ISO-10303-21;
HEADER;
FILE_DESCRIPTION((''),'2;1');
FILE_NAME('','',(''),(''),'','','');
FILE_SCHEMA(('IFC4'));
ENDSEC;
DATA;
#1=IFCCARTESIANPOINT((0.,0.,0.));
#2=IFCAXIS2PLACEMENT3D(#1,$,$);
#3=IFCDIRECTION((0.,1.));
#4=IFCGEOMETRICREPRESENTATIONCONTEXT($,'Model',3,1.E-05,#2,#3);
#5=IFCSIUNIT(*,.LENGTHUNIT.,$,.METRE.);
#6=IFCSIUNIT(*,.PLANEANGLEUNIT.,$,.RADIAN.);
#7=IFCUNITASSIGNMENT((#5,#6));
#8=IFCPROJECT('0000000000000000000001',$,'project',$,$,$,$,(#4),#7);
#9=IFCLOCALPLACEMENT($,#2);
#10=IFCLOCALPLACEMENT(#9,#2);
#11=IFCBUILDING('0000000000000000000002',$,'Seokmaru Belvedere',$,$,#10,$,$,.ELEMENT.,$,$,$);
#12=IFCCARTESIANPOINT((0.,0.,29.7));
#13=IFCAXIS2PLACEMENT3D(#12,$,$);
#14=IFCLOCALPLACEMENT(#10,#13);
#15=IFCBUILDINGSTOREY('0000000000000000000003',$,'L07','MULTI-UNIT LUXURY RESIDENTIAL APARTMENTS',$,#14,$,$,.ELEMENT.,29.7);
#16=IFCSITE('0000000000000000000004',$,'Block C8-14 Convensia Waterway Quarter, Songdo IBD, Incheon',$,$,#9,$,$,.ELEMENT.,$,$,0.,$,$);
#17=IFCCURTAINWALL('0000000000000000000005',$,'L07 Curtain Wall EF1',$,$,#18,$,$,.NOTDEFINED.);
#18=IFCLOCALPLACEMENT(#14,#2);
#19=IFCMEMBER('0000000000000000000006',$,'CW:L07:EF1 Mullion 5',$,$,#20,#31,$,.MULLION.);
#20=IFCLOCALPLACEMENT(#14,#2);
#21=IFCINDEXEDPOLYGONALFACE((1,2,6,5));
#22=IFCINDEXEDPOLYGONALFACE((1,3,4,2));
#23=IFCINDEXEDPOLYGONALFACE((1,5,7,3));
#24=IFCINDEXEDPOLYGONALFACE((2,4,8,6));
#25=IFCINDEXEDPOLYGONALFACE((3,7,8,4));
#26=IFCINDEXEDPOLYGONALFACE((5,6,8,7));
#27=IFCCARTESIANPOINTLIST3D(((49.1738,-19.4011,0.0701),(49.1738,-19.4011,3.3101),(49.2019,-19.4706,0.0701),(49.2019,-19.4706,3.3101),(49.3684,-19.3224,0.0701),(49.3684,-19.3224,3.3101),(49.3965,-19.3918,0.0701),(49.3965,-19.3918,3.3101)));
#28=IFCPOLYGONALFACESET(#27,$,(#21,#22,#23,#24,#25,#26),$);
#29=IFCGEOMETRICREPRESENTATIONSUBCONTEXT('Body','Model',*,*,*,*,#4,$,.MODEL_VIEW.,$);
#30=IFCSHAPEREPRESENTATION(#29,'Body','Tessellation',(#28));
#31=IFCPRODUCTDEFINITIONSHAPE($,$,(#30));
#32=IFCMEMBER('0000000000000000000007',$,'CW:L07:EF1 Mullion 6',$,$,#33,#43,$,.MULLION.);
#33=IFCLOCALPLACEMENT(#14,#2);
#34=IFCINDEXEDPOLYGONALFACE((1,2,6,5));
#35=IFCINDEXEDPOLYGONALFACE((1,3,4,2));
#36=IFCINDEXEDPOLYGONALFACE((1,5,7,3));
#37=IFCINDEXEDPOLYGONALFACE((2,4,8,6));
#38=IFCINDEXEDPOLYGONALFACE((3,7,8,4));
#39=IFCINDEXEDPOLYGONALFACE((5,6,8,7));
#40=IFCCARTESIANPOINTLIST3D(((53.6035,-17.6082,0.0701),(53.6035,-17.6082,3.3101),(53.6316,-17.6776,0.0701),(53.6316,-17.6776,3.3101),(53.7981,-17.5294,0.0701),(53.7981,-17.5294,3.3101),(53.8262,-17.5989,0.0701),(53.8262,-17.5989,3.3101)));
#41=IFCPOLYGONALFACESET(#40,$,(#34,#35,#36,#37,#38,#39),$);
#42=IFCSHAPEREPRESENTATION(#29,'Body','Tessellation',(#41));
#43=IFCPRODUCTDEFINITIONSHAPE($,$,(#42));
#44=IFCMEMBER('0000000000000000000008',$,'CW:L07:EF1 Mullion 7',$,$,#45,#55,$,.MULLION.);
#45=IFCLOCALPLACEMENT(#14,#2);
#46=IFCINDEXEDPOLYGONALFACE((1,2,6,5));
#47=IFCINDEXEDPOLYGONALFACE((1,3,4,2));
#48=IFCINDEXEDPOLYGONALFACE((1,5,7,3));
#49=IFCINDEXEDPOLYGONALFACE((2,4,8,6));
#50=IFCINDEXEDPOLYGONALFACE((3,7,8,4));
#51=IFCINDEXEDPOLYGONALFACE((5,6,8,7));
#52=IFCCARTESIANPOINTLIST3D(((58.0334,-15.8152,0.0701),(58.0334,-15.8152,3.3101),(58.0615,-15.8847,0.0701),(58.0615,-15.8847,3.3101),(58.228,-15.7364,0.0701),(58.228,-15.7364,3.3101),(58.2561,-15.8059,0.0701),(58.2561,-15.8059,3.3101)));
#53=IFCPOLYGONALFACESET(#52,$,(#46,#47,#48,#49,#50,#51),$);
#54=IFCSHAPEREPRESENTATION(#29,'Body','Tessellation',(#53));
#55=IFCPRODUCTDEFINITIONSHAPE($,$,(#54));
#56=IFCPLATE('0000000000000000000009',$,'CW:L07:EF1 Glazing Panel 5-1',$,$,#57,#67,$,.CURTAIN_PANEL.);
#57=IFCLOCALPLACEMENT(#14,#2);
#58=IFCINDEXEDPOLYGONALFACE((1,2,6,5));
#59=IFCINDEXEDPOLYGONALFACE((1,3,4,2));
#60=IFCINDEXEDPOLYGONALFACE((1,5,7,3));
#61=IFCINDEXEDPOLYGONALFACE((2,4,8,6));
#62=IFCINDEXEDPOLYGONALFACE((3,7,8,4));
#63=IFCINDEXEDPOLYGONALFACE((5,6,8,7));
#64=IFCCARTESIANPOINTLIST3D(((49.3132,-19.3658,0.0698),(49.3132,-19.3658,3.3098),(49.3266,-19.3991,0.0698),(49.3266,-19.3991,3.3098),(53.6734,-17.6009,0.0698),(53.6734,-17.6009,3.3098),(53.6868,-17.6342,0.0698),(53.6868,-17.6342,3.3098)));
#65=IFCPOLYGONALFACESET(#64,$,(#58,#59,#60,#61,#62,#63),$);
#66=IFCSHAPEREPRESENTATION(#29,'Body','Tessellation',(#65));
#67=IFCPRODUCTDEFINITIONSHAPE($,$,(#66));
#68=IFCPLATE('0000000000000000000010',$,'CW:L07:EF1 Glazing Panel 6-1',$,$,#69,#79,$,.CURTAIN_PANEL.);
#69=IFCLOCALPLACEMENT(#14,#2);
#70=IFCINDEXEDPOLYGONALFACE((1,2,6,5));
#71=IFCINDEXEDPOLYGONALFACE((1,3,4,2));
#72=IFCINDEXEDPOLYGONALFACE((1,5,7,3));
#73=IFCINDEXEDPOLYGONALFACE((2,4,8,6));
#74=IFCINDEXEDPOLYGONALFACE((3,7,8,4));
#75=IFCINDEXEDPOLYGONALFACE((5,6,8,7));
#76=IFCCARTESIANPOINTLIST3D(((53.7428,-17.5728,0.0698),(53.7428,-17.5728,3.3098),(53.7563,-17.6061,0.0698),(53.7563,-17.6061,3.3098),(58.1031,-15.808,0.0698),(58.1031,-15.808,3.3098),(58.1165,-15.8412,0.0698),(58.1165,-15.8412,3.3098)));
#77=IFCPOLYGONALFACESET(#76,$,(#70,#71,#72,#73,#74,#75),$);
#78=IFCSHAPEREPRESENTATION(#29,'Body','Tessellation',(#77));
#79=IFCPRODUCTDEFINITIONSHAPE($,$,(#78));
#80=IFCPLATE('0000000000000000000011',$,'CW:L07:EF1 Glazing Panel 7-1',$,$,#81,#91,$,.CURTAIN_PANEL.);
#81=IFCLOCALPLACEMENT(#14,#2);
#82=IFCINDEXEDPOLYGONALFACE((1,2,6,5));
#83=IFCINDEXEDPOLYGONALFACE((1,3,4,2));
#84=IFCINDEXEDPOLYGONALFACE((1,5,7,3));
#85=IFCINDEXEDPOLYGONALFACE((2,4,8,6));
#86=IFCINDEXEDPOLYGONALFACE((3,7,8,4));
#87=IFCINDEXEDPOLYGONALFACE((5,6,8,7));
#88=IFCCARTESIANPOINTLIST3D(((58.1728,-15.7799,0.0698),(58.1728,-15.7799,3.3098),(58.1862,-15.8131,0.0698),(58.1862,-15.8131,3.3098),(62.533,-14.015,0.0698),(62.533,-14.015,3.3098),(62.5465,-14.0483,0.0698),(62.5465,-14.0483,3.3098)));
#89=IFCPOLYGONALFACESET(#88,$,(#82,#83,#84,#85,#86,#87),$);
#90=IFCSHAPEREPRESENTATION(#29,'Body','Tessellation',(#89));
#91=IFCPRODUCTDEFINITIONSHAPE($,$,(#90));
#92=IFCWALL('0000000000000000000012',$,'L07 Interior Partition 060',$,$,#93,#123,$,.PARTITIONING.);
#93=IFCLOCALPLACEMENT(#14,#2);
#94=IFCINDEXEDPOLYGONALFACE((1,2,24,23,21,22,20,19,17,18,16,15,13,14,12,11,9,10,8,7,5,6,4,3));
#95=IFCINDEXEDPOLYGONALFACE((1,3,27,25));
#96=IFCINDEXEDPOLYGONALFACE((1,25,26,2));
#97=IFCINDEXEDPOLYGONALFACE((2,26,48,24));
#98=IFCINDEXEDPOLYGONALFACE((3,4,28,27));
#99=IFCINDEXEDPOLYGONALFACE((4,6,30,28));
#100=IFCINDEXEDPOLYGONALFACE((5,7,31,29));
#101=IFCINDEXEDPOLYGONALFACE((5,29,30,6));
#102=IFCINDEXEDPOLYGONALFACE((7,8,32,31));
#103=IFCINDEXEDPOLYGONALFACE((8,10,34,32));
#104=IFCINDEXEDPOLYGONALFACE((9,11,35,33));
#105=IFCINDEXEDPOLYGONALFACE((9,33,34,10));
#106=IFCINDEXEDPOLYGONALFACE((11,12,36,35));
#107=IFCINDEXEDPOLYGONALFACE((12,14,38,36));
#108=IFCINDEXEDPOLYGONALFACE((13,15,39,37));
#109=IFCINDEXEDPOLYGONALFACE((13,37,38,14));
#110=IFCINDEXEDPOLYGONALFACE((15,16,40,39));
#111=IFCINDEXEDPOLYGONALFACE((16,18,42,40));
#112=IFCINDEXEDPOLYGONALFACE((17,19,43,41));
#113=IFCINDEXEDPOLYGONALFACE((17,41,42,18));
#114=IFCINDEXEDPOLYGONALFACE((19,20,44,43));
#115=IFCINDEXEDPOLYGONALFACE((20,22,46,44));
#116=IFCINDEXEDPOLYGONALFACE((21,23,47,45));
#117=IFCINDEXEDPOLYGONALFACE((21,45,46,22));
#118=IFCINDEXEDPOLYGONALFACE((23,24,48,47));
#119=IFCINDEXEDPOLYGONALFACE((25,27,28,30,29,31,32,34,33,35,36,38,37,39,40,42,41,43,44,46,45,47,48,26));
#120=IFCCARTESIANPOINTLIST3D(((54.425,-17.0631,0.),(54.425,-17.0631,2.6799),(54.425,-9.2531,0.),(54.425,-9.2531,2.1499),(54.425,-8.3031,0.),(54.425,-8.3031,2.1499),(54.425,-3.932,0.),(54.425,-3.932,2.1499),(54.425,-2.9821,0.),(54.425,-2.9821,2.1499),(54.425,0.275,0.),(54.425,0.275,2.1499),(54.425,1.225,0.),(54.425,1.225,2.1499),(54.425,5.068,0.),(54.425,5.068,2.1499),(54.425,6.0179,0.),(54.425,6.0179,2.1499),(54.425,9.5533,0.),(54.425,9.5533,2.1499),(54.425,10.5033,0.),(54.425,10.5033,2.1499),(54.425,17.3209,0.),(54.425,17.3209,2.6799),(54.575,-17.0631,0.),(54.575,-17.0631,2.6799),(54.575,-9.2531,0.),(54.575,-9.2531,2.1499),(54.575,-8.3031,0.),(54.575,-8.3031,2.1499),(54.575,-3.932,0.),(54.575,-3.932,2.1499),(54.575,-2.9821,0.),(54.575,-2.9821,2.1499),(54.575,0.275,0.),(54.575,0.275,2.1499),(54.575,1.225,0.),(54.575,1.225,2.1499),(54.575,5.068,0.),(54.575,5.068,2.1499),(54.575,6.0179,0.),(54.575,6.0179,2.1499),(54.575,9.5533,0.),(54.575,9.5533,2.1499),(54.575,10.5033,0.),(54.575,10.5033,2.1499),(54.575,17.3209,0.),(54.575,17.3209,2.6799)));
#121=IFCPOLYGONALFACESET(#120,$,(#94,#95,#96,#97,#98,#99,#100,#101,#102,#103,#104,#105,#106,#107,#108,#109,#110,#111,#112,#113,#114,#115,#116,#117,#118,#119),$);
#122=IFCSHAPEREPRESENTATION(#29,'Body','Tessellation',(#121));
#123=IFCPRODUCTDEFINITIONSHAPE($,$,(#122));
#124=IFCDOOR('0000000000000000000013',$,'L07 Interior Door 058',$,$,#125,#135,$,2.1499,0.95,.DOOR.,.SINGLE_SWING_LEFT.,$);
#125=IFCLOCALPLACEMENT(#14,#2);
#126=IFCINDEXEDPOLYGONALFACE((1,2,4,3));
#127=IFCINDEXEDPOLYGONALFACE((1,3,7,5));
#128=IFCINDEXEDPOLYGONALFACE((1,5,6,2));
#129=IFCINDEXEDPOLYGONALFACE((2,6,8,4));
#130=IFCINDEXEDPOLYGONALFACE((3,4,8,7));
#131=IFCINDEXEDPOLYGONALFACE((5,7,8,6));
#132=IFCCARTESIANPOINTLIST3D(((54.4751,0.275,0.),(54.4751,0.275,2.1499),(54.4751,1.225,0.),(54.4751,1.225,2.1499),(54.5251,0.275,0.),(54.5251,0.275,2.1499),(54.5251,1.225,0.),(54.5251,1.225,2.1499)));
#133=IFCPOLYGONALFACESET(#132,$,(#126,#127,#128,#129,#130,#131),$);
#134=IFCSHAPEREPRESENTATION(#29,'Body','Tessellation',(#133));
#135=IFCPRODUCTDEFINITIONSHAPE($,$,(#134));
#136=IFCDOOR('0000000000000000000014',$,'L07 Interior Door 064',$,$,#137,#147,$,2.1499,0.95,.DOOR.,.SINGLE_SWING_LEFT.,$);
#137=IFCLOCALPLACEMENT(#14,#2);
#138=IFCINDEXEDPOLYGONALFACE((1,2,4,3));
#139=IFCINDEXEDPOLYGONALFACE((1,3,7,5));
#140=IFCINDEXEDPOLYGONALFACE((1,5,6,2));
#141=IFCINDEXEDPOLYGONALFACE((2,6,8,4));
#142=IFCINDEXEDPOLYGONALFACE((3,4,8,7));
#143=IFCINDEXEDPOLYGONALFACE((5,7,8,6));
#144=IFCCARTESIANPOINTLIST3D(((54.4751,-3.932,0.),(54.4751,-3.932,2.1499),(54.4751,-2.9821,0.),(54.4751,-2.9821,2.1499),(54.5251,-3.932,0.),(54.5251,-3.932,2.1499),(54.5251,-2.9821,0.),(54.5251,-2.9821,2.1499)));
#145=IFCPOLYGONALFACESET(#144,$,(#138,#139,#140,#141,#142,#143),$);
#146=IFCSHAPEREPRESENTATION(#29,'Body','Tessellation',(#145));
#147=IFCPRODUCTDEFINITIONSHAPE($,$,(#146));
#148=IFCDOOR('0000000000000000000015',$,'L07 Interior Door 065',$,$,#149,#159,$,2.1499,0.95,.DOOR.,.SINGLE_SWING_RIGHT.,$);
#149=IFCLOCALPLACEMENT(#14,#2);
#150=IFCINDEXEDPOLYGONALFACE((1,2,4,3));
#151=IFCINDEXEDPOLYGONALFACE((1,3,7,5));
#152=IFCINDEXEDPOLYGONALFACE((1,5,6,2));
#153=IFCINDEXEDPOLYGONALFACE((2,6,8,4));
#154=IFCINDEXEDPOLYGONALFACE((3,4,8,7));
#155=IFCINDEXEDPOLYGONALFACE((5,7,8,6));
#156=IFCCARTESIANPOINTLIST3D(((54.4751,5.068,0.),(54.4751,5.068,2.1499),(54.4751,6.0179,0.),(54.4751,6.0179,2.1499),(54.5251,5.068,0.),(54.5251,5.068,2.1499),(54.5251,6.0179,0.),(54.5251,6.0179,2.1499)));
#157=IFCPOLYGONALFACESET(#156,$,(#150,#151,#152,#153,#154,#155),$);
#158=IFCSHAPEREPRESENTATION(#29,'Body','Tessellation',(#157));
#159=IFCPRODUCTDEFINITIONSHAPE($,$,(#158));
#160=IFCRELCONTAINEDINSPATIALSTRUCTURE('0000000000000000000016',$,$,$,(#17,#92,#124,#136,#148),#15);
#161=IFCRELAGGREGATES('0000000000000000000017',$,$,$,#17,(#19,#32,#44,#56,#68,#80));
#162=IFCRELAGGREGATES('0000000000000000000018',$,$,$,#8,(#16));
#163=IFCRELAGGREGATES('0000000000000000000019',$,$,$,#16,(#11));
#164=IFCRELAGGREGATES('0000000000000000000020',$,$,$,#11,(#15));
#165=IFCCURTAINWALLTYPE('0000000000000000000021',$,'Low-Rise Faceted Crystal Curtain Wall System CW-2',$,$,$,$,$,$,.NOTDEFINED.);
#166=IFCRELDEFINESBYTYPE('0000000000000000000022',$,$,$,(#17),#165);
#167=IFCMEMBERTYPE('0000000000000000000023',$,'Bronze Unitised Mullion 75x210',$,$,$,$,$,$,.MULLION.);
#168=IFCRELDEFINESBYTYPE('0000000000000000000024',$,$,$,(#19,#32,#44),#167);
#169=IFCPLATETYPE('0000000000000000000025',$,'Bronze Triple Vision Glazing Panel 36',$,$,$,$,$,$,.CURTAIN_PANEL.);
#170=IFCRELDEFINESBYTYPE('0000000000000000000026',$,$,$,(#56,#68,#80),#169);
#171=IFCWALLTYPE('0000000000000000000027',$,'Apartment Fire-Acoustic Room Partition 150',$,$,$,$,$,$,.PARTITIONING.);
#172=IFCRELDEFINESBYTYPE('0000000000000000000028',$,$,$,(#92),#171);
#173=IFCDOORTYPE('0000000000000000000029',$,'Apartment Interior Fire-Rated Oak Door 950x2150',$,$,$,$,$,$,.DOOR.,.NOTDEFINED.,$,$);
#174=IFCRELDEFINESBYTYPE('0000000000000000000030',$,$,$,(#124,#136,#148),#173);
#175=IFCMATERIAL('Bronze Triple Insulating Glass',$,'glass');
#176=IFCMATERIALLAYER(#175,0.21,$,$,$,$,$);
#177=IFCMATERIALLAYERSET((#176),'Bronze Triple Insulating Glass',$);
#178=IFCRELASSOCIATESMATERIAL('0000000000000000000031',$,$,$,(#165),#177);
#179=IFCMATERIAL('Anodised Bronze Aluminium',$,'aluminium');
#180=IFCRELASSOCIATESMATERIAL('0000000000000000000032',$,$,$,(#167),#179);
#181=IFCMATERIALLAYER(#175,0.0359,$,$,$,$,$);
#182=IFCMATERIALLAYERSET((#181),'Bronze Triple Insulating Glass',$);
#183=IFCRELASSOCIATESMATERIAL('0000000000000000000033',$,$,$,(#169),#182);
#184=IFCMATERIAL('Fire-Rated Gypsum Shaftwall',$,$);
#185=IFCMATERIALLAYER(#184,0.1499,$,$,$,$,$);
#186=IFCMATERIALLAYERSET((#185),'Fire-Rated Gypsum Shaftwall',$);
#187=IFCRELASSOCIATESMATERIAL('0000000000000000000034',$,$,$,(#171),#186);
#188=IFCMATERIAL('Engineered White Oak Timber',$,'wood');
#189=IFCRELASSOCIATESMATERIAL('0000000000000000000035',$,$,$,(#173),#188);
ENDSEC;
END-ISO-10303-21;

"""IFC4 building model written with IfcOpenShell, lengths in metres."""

from ifc_helpers import new_model, si_unit, direction, frame, frame_2d, origin, origin_2d, place, context, subcontext, project, spatial, rectangle, extrude, source, transform, mapped, material, layer, layer_set, material_profile, profile_set, type_object, type_shapes, element, fill, aggregate, save


model = new_model("IFC4")

# Units and contexts
model_context = context("Model", 3, precision=1e-05, world=origin(), true_north=direction((0.0, 1.0)))
body_context = subcontext(model_context, "Body", "Model", "MODEL_VIEW")
ifc_project = project(units=[si_unit("LENGTHUNIT", "METRE"), si_unit("PLANEANGLEUNIT", "RADIAN")], contexts=[model_context])

# Site, building, storey
site_placement = place(None, origin())
site = spatial("IfcSite", under=ifc_project, at=site_placement, Name="Block C8-14 Convensia Waterway Quarter, Songdo IBD, Incheon", CompositionType="ELEMENT", RefElevation=0.0)
building_placement = place(site_placement, origin())
building = spatial("IfcBuilding", under=site, at=building_placement, Name="Seokmaru Belvedere", CompositionType="ELEMENT")
storey_placement = place(building_placement, frame((0.0, 0.0, 29.7)))
storey = spatial("IfcBuildingStorey", under=building, at=storey_placement, Name="L07", Description="MULTI-UNIT LUXURY RESIDENTIAL APARTMENTS", CompositionType="ELEMENT", Elevation=29.7)

# Curtain wall, members, plates
ifc_material_1 = material(Name="Bronze Triple Insulating Glass", Category="glass")
ifc_layer_1 = layer(ifc_material_1, 0.21)
ifc_layer_set_1 = layer_set([ifc_layer_1], Name="Bronze Triple Insulating Glass")
curtain_wall_type = type_object("IfcCurtainWallType", Name="Low-Rise Faceted Crystal Curtain Wall System CW-2", PredefinedType="NOTDEFINED", material=ifc_layer_set_1)
curtain_wall_placement = place(storey_placement, origin())
curtain_wall = element("IfcCurtainWall", 1, at=curtain_wall_placement, inside=storey, type_object=curtain_wall_type, Name="L07 Curtain Wall EF1", PredefinedType="NOTDEFINED")
ifc_material_2 = material(Name="Anodised Bronze Aluminium", Category="aluminium")
ifc_material_profile_1 = material_profile(ifc_material_2, rectangle(XDim=0.075, YDim=0.21, at=origin_2d()), Name="CW-M-75x210")
ifc_profile_set_1 = profile_set([ifc_material_profile_1], Name="Anodised Bronze Aluminium")
member_type = type_object("IfcMemberType", Name="Bronze Unitised Mullion 75x210", PredefinedType="MULLION", material=ifc_profile_set_1)
shared_shape_1 = source(origin(), body_context, "Body", "SweptSolid", [
    extrude(rectangle(XDim=0.075, YDim=0.21, at=origin_2d()), origin(), (0.0, 0.0, 1.0), 3.24),
])
type_shapes(member_type, [shared_shape_1])
member_1_placement = place(storey_placement, frame((49.2852, -19.3965, 0.0701), z_axis=(0.0, 0.0, 1.0), x_axis=(-0.375192, 0.926947, 0.0)))
member_1 = element("IfcMember", 2, at=member_1_placement, type_object=member_type, Name="CW:L07:EF1 Mullion 5", PredefinedType="MULLION", context=body_context, shape_type="MappedRepresentation", body=[
    mapped(shared_shape_1, transform((0.0, 0.0, 0.0), scale=1.0)),
])
member_2_placement = place(storey_placement, frame((53.7148, -17.6035, 0.0701), z_axis=(0.0, 0.0, 1.0), x_axis=(-0.375192, 0.926947, 0.0)))
member_2 = element("IfcMember", 3, at=member_2_placement, type_object=member_type, Name="CW:L07:EF1 Mullion 6", PredefinedType="MULLION", context=body_context, shape_type="MappedRepresentation", body=[
    mapped(shared_shape_1, transform((0.0, 0.0, 0.0), scale=1.0)),
])
member_3_placement = place(storey_placement, frame((58.1448, -15.8105, 0.0701), z_axis=(0.0, 0.0, 1.0), x_axis=(-0.375192, 0.926947, 0.0)))
member_3 = element("IfcMember", 4, at=member_3_placement, type_object=member_type, Name="CW:L07:EF1 Mullion 7", PredefinedType="MULLION", context=body_context, shape_type="MappedRepresentation", body=[
    mapped(shared_shape_1, transform((0.0, 0.0, 0.0), scale=1.0)),
])
ifc_layer_2 = layer(ifc_material_1, 0.0359)
ifc_layer_set_2 = layer_set([ifc_layer_2], Name="Bronze Triple Insulating Glass")
plate_type = type_object("IfcPlateType", Name="Bronze Triple Vision Glazing Panel 36", PredefinedType="CURTAIN_PANEL", material=ifc_layer_set_2)
shared_shape_2 = source(origin(), body_context, "Body", "SweptSolid", [
    extrude(rectangle(XDim=4.7039, YDim=0.0359, at=origin_2d()), origin(), (0.0, 0.0, 1.0), 3.24),
])
type_shapes(plate_type, [shared_shape_2])
plate_1_placement = place(storey_placement, frame((51.5, -18.5, 0.0698), z_axis=(0.0, 0.0, 1.0), x_axis=(0.926947, 0.375192, 0.0)))
plate_1 = element("IfcPlate", 5, at=plate_1_placement, type_object=plate_type, Name="CW:L07:EF1 Glazing Panel 5-1", PredefinedType="CURTAIN_PANEL", context=body_context, shape_type="MappedRepresentation", body=[
    mapped(shared_shape_2, transform((0.0, 0.0, 0.0), scale=1.0)),
])
plate_2_placement = place(storey_placement, frame((55.9297, -16.707, 0.0698), z_axis=(0.0, 0.0, 1.0), x_axis=(0.926947, 0.375192, 0.0)))
plate_2 = element("IfcPlate", 6, at=plate_2_placement, type_object=plate_type, Name="CW:L07:EF1 Glazing Panel 6-1", PredefinedType="CURTAIN_PANEL", context=body_context, shape_type="MappedRepresentation", body=[
    mapped(shared_shape_2, transform((0.0, 0.0, 0.0), scale=1.0)),
])
plate_3_placement = place(storey_placement, frame((60.3596, -14.9141, 0.0698), z_axis=(0.0, 0.0, 1.0), x_axis=(0.926947, 0.375192, 0.0)))
plate_3 = element("IfcPlate", 7, at=plate_3_placement, type_object=plate_type, Name="CW:L07:EF1 Glazing Panel 7-1", PredefinedType="CURTAIN_PANEL", context=body_context, shape_type="MappedRepresentation", body=[
    mapped(shared_shape_2, transform((0.0, 0.0, 0.0), scale=1.0)),
])
aggregate(curtain_wall, [member_1, member_2, member_3, plate_1, plate_2, plate_3])

# Wall, openings, doors
ifc_material_3 = material(Name="Fire-Rated Gypsum Shaftwall")
ifc_layer_3 = layer(ifc_material_3, 0.1499)
ifc_layer_set_3 = layer_set([ifc_layer_3], Name="Fire-Rated Gypsum Shaftwall")
wall_type = type_object("IfcWallType", Name="Apartment Fire-Acoustic Room Partition 150", PredefinedType="PARTITIONING", material=ifc_layer_set_3)
wall_1_placement = place(storey_placement, frame((54.5, -17.063, 0.0), z_axis=(0.0, 0.0, 1.0), x_axis=(0.0, 1.0, 0.0)))
wall_1 = element("IfcWall", 8, at=wall_1_placement, inside=storey, type_object=wall_type, Name="L07 Interior Partition 060", PredefinedType="PARTITIONING", context=body_context, shape_type="SweptSolid", body=[
    extrude(rectangle(XDim=34.384, YDim=0.1499, at=frame_2d((17.1919, 0.0))), origin(), (0.0, 0.0, 1.0), 2.6799),
])
opening_1_placement = place(wall_1_placement, frame((7.8098, 0.0, 0.0)))
element("IfcOpeningElement", 9, at=opening_1_placement, cuts=wall_1, PredefinedType="OPENING", context=body_context, shape_type="SweptSolid", body=[
    extrude(rectangle(XDim=0.95, YDim=2.1499, at=frame_2d((0.4751, 1.075))), frame((0.0, 0.085, 0.0), z_axis=(0.0, -1.0, 0.0), x_axis=(1.0, 0.0, 0.0)), (0.0, 0.0, 1.0), 0.1699),
])
opening_2_placement = place(wall_1_placement, frame((17.3379, 0.0, 0.0)))
opening_2 = element("IfcOpeningElement", 10, at=opening_2_placement, cuts=wall_1, PredefinedType="OPENING", context=body_context, shape_type="SweptSolid", body=[
    extrude(rectangle(XDim=0.95, YDim=2.1499, at=frame_2d((0.4751, 1.075))), frame((0.0, 0.085, 0.0), z_axis=(0.0, -1.0, 0.0), x_axis=(1.0, 0.0, 0.0)), (0.0, 0.0, 1.0), 0.1699),
])
opening_3_placement = place(wall_1_placement, frame((13.1309, 0.0, 0.0)))
opening_3 = element("IfcOpeningElement", 11, at=opening_3_placement, cuts=wall_1, PredefinedType="OPENING", context=body_context, shape_type="SweptSolid", body=[
    extrude(rectangle(XDim=0.95, YDim=2.1499, at=frame_2d((0.4751, 1.075))), frame((0.0, 0.085, 0.0), z_axis=(0.0, -1.0, 0.0), x_axis=(1.0, 0.0, 0.0)), (0.0, 0.0, 1.0), 0.1699),
])
opening_4_placement = place(wall_1_placement, frame((22.1309, 0.0, 0.0)))
opening_4 = element("IfcOpeningElement", 12, at=opening_4_placement, cuts=wall_1, PredefinedType="OPENING", context=body_context, shape_type="SweptSolid", body=[
    extrude(rectangle(XDim=0.95, YDim=2.1499, at=frame_2d((0.4751, 1.075))), frame((0.0, 0.085, 0.0), z_axis=(0.0, -1.0, 0.0), x_axis=(1.0, 0.0, 0.0)), (0.0, 0.0, 1.0), 0.1699),
])
opening_5_placement = place(wall_1_placement, frame((26.6162, 0.0, 0.0)))
element("IfcOpeningElement", 13, at=opening_5_placement, cuts=wall_1, PredefinedType="OPENING", context=body_context, shape_type="SweptSolid", body=[
    extrude(rectangle(XDim=0.95, YDim=2.1499, at=frame_2d((0.4751, 1.075))), frame((0.0, 0.085, 0.0), z_axis=(0.0, -1.0, 0.0), x_axis=(1.0, 0.0, 0.0)), (0.0, 0.0, 1.0), 0.1699),
])
ifc_material_4 = material(Name="Engineered White Oak Timber", Category="wood")
door_type = type_object("IfcDoorType", Name="Apartment Interior Fire-Rated Oak Door 950x2150", OperationType="NOTDEFINED", PredefinedType="DOOR", material=ifc_material_4)
shared_shape_3 = source(origin(), body_context, "Body", "SweptSolid", [
    extrude(rectangle(XDim=0.95, YDim=2.1499, at=frame_2d((0.4751, 1.075))), frame((0.0, 0.0249, 0.0), z_axis=(0.0, -1.0, 0.0), x_axis=(1.0, 0.0, 0.0)), (0.0, 0.0, 1.0), 0.05),
])
type_shapes(door_type, [shared_shape_3])
door_1_placement = place(opening_2_placement, origin())
door_1 = element("IfcDoor", 14, at=door_1_placement, inside=storey, type_object=door_type, Name="L07 Interior Door 058", OperationType="SINGLE_SWING_LEFT", OverallHeight=2.1499, OverallWidth=0.95, PredefinedType="DOOR", context=body_context, shape_type="MappedRepresentation", body=[
    mapped(shared_shape_3, transform((0.0, 0.0, 0.0), scale=1.0)),
])
fill(opening_2, door_1)
door_2_placement = place(opening_3_placement, origin())
door_2 = element("IfcDoor", 15, at=door_2_placement, inside=storey, type_object=door_type, Name="L07 Interior Door 064", OperationType="SINGLE_SWING_LEFT", OverallHeight=2.1499, OverallWidth=0.95, PredefinedType="DOOR", context=body_context, shape_type="MappedRepresentation", body=[
    mapped(shared_shape_3, transform((0.0, 0.0, 0.0), scale=1.0)),
])
fill(opening_3, door_2)
door_3_placement = place(opening_4_placement, origin())
door_3 = element("IfcDoor", 16, at=door_3_placement, inside=storey, type_object=door_type, Name="L07 Interior Door 065", OperationType="SINGLE_SWING_RIGHT", OverallHeight=2.1499, OverallWidth=0.95, PredefinedType="DOOR", context=body_context, shape_type="MappedRepresentation", body=[
    mapped(shared_shape_3, transform((0.0, 0.0, 0.0), scale=1.0)),
])
fill(opening_4, door_3)

save(model, "model.ifc")
